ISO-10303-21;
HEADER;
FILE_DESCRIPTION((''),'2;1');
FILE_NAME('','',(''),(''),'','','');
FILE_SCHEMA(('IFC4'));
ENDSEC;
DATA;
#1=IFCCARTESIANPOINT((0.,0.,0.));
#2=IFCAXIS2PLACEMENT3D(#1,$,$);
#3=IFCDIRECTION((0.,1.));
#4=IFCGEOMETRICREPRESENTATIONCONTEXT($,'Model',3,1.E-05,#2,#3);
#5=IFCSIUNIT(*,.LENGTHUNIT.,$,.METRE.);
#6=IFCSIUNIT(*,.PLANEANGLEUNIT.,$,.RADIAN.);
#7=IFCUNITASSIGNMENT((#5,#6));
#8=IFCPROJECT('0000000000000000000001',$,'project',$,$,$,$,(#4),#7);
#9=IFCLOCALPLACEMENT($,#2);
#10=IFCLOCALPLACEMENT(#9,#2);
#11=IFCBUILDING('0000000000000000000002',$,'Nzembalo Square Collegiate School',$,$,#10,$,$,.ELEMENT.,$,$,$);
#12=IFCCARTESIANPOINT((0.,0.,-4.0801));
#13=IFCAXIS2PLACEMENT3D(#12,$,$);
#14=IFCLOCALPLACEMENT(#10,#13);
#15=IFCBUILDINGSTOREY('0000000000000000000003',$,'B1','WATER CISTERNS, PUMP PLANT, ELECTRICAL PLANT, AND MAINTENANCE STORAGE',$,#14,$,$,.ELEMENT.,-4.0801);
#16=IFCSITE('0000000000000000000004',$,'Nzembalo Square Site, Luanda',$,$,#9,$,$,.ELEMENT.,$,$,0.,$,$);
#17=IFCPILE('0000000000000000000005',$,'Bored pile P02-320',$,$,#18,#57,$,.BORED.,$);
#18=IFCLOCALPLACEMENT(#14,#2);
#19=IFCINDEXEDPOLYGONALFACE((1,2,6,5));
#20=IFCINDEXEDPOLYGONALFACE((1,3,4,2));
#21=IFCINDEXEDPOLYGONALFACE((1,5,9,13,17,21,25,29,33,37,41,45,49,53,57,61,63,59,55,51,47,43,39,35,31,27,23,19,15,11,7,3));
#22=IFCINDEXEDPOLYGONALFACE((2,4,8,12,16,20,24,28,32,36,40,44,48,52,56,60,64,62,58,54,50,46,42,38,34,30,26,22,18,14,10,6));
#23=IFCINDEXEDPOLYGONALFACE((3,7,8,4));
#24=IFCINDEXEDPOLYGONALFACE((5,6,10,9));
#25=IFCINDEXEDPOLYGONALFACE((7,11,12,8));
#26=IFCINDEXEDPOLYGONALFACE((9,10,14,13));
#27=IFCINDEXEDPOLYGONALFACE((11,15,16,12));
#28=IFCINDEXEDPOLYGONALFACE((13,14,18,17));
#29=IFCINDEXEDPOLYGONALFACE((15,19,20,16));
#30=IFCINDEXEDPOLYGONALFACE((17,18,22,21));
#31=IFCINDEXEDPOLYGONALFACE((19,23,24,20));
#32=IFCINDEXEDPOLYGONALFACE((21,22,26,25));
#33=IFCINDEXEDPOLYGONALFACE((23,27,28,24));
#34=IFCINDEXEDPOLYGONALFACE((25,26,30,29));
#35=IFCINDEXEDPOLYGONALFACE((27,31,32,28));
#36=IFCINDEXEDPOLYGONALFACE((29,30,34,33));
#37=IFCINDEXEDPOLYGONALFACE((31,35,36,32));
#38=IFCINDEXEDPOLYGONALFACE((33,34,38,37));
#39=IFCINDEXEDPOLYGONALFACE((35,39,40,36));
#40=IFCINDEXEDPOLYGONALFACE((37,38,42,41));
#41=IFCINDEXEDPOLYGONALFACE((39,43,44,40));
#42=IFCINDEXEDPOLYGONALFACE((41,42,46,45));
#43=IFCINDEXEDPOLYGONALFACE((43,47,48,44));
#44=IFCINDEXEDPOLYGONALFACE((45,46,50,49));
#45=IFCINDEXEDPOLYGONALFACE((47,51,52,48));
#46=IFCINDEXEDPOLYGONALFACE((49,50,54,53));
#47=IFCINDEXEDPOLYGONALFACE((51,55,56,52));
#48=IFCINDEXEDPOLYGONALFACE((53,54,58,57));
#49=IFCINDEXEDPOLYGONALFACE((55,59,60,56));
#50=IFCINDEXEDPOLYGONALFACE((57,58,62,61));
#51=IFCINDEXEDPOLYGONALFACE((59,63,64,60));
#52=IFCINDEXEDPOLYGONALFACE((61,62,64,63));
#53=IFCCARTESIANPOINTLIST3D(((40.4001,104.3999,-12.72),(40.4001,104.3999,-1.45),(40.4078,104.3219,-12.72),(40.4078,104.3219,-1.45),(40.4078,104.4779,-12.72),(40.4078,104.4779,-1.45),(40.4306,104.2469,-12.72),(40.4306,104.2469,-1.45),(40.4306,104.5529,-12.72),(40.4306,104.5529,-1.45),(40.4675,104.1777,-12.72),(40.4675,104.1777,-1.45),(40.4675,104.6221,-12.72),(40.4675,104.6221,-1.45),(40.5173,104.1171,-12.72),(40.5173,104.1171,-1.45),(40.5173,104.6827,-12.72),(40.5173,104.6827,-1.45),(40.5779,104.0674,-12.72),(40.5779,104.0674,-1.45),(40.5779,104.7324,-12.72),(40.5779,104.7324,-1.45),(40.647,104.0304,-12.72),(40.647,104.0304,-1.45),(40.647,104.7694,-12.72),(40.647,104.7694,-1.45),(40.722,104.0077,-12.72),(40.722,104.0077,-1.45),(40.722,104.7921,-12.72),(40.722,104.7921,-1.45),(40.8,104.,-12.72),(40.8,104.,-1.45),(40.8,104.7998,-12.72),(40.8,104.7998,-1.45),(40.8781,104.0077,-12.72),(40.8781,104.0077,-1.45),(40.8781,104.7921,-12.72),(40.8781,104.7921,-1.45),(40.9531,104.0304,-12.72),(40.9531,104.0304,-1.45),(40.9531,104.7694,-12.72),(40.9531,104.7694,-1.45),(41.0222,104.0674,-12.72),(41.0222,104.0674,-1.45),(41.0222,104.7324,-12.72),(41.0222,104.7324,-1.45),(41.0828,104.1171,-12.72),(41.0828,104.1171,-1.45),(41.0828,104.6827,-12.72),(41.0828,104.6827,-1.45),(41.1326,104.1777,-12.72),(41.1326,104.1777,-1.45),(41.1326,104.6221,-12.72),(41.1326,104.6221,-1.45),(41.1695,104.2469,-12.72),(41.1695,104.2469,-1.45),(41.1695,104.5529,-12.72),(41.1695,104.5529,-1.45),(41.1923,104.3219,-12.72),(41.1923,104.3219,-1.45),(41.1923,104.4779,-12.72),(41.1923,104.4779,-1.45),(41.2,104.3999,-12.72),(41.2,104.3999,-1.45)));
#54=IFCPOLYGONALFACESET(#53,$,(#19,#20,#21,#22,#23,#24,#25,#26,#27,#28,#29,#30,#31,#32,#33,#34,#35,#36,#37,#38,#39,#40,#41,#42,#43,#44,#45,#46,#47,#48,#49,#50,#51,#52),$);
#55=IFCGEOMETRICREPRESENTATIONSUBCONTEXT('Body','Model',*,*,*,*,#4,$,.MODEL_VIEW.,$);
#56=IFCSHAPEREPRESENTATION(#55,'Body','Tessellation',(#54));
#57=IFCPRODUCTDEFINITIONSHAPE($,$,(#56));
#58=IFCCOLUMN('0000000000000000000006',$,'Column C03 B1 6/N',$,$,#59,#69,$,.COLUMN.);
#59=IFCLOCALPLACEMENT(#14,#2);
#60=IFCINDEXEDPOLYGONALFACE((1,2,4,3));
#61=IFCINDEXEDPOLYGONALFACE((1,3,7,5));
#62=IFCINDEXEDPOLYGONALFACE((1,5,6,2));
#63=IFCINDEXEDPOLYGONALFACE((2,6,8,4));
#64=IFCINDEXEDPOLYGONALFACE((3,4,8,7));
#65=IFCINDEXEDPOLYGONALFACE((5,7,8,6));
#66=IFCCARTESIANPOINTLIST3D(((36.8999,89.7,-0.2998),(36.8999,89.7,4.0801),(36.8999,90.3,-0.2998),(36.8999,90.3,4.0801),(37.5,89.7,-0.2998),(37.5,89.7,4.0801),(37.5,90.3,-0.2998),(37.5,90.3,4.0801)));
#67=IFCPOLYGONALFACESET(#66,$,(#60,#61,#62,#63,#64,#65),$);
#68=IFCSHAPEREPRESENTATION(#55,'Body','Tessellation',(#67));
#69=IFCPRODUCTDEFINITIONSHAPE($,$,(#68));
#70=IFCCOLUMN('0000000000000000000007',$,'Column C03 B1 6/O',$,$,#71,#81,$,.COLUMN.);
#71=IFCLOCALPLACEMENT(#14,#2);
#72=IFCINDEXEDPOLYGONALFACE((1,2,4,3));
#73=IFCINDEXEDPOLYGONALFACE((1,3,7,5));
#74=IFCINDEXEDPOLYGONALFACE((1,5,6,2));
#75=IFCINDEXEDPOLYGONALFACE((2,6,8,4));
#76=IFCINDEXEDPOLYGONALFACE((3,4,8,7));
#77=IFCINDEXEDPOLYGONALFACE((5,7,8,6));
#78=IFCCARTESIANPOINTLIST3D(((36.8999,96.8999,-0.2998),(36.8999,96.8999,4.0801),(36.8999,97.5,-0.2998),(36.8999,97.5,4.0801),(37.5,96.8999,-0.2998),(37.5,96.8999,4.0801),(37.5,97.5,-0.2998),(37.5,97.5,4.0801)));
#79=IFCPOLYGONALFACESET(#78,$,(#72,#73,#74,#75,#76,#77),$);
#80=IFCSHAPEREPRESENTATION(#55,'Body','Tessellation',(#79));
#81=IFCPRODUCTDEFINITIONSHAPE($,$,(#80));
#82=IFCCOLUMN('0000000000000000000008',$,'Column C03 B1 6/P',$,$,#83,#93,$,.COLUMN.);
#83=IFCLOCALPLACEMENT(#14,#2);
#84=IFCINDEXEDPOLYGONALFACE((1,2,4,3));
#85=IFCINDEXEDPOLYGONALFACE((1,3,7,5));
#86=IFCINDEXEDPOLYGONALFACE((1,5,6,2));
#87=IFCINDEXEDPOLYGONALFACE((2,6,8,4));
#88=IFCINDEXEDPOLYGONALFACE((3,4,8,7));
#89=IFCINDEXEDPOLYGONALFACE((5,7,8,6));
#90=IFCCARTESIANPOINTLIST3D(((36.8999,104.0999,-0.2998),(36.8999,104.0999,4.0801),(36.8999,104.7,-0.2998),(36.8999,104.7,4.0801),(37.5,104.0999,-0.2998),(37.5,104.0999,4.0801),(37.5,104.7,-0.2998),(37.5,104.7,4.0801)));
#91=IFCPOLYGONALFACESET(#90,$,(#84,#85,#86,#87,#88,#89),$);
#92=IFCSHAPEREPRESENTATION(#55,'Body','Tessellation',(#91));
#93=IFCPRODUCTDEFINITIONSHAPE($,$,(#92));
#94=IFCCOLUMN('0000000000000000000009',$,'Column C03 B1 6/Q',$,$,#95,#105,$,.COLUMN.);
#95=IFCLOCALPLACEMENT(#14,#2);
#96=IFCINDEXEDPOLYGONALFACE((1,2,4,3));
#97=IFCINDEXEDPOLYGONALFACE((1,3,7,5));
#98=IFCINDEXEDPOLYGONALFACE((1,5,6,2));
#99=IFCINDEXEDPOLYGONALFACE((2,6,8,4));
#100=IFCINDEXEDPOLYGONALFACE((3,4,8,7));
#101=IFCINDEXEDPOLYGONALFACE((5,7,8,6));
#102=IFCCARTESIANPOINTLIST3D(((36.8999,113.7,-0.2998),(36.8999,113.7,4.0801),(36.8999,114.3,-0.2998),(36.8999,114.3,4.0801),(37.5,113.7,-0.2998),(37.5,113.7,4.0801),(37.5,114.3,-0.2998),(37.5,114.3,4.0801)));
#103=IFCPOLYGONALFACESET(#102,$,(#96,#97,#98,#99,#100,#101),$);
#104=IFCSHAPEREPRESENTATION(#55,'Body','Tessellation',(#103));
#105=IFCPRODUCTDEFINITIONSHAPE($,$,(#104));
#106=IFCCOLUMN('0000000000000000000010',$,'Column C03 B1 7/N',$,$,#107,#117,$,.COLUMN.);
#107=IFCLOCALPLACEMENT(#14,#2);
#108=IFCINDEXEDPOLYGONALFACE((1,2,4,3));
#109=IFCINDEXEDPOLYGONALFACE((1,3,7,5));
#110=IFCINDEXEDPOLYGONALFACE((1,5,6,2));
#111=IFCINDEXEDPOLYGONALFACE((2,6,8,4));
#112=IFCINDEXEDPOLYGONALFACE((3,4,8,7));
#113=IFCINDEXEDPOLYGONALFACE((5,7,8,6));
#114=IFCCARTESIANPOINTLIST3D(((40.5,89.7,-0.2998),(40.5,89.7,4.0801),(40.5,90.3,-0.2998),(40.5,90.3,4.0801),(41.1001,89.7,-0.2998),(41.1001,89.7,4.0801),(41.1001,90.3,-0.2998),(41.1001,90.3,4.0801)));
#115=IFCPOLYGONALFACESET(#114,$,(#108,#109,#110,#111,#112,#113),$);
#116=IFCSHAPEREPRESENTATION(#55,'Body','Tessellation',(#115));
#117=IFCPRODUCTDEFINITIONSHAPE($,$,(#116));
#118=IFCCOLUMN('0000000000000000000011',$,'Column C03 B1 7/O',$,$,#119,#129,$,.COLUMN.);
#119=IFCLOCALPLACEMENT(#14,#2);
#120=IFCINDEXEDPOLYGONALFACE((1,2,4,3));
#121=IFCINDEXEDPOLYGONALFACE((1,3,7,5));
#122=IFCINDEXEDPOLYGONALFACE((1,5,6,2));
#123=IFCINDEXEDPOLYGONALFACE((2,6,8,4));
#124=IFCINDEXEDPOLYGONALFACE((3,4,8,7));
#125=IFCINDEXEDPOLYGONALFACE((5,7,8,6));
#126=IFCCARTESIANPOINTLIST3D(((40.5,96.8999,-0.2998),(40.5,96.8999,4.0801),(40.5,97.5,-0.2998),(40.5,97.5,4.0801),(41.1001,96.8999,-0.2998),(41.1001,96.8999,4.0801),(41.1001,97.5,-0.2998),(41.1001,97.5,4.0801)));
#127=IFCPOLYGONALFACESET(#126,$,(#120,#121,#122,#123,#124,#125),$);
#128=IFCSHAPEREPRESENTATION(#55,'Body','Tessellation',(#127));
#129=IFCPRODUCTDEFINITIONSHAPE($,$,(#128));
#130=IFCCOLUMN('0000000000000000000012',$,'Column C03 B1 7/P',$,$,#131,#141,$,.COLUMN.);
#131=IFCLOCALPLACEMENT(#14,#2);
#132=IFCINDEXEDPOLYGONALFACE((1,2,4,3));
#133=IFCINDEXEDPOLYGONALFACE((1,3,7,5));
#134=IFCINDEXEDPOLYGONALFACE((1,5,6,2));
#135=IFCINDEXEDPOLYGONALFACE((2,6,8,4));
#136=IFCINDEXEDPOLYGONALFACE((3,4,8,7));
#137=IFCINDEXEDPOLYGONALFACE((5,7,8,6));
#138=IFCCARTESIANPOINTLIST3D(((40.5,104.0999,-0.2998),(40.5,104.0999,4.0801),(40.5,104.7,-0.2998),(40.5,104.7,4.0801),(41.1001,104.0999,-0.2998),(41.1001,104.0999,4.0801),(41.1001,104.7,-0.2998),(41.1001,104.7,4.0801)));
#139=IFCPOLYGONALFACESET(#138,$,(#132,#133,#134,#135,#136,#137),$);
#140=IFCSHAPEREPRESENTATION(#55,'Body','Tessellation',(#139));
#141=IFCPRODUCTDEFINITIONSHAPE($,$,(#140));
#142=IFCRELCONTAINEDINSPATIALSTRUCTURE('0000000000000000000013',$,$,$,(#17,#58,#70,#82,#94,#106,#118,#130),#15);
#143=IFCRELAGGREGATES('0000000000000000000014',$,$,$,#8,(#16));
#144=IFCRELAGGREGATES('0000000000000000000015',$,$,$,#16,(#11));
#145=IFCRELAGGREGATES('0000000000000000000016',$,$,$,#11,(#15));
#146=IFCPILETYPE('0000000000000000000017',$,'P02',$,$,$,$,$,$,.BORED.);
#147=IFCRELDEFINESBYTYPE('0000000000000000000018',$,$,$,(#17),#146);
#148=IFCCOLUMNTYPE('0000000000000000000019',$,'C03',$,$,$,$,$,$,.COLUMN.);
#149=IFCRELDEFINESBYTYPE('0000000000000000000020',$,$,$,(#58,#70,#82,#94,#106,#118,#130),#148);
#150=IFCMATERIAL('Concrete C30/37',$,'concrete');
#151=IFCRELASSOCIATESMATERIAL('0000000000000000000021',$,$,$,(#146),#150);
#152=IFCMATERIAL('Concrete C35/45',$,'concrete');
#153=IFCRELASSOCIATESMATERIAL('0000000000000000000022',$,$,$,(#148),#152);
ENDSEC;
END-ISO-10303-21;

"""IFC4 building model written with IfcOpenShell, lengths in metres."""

from ifc_helpers import new_model, si_unit, direction, frame, origin, origin_2d, place, context, subcontext, project, spatial, rectangle, circle, extrude, material, material_profile, profile_set, type_object, element, save


model = new_model("IFC4")

# Units and contexts
model_context = context("Model", 3, precision=1e-05, world=origin(), true_north=direction((0.0, 1.0)))
body_context = subcontext(model_context, "Body", "Model", "MODEL_VIEW")
ifc_project = project(units=[si_unit("LENGTHUNIT", "METRE"), si_unit("PLANEANGLEUNIT", "RADIAN")], contexts=[model_context])

# Site, building, storey
site_placement = place(None, origin())
site = spatial("IfcSite", under=ifc_project, at=site_placement, Name="Nzembalo Square Site, Luanda", CompositionType="ELEMENT", RefElevation=0.0)
building_placement = place(site_placement, origin())
building = spatial("IfcBuilding", under=site, at=building_placement, Name="Nzembalo Square Collegiate School", CompositionType="ELEMENT")
storey_placement = place(building_placement, frame((0.0, 0.0, -4.0801)))
storey = spatial("IfcBuildingStorey", under=building, at=storey_placement, Name="B1", Description="WATER CISTERNS, PUMP PLANT, ELECTRICAL PLANT, AND MAINTENANCE STORAGE", CompositionType="ELEMENT", Elevation=-4.0801)

# Pile
ifc_material_1 = material(Name="Concrete C30/37", Category="concrete")
ifc_material_profile_1 = material_profile(ifc_material_1, circle(Radius=0.3999, at=origin_2d()), Name="PILE D800")
ifc_profile_set_1 = profile_set([ifc_material_profile_1], Name="Concrete C30/37")
pile_type = type_object("IfcPileType", Name="P02", PredefinedType="BORED", material=ifc_profile_set_1)
for number, where, z_axis, x_axis, name in (
    (1, (40.8, 104.3999, -1.45), (0.0, 0.0, -1.0), (1.0, 0.0, 0.0), "Bored pile P02-320"),
):
    element("IfcPile", number, at=place(storey_placement, frame(where, z_axis=z_axis, x_axis=x_axis)), inside=storey, type_object=pile_type, Name=name, PredefinedType="BORED", context=body_context, shape_type="SweptSolid", body=[
        extrude(circle(Radius=0.3999, at=origin_2d()), origin(), (0.0, 0.0, 1.0), 11.27),
    ])

# Columns
ifc_material_2 = material(Name="Concrete C35/45", Category="concrete")
ifc_material_profile_2 = material_profile(ifc_material_2, rectangle(XDim=0.6001, YDim=0.6001, at=origin_2d()), Name="RC 600x600")
ifc_profile_set_2 = profile_set([ifc_material_profile_2], Name="Concrete C35/45")
column_type = type_object("IfcColumnType", Name="C03", PredefinedType="COLUMN", material=ifc_profile_set_2)
for number, where, z_axis, x_axis, name in (
    (2, (37.2, 90.0, -0.2998), (0.0, 0.0, 1.0), (1.0, 0.0, 0.0), "Column C03 B1 6/N"),
    (3, (37.2, 97.2, -0.2998), (0.0, 0.0, 1.0), (1.0, 0.0, 0.0), "Column C03 B1 6/O"),
    (4, (37.2, 104.3999, -0.2998), (0.0, 0.0, 1.0), (1.0, 0.0, 0.0), "Column C03 B1 6/P"),
    (5, (37.2, 114.0, -0.2998), (0.0, 0.0, 1.0), (1.0, 0.0, 0.0), "Column C03 B1 6/Q"),
    (6, (40.8, 90.0, -0.2998), (0.0, 0.0, 1.0), (1.0, 0.0, 0.0), "Column C03 B1 7/N"),
    (7, (40.8, 97.2, -0.2998), (0.0, 0.0, 1.0), (1.0, 0.0, 0.0), "Column C03 B1 7/O"),
    (8, (40.8, 104.3999, -0.2998), (0.0, 0.0, 1.0), (1.0, 0.0, 0.0), "Column C03 B1 7/P"),
):
    element("IfcColumn", number, at=place(storey_placement, frame(where, z_axis=z_axis, x_axis=x_axis)), inside=storey, type_object=column_type, Name=name, PredefinedType="COLUMN", context=body_context, shape_type="SweptSolid", body=[
        extrude(rectangle(XDim=0.6001, YDim=0.6001, at=origin_2d()), origin(), (0.0, 0.0, 1.0), 4.3799),
    ])

save(model, "model.ifc")
